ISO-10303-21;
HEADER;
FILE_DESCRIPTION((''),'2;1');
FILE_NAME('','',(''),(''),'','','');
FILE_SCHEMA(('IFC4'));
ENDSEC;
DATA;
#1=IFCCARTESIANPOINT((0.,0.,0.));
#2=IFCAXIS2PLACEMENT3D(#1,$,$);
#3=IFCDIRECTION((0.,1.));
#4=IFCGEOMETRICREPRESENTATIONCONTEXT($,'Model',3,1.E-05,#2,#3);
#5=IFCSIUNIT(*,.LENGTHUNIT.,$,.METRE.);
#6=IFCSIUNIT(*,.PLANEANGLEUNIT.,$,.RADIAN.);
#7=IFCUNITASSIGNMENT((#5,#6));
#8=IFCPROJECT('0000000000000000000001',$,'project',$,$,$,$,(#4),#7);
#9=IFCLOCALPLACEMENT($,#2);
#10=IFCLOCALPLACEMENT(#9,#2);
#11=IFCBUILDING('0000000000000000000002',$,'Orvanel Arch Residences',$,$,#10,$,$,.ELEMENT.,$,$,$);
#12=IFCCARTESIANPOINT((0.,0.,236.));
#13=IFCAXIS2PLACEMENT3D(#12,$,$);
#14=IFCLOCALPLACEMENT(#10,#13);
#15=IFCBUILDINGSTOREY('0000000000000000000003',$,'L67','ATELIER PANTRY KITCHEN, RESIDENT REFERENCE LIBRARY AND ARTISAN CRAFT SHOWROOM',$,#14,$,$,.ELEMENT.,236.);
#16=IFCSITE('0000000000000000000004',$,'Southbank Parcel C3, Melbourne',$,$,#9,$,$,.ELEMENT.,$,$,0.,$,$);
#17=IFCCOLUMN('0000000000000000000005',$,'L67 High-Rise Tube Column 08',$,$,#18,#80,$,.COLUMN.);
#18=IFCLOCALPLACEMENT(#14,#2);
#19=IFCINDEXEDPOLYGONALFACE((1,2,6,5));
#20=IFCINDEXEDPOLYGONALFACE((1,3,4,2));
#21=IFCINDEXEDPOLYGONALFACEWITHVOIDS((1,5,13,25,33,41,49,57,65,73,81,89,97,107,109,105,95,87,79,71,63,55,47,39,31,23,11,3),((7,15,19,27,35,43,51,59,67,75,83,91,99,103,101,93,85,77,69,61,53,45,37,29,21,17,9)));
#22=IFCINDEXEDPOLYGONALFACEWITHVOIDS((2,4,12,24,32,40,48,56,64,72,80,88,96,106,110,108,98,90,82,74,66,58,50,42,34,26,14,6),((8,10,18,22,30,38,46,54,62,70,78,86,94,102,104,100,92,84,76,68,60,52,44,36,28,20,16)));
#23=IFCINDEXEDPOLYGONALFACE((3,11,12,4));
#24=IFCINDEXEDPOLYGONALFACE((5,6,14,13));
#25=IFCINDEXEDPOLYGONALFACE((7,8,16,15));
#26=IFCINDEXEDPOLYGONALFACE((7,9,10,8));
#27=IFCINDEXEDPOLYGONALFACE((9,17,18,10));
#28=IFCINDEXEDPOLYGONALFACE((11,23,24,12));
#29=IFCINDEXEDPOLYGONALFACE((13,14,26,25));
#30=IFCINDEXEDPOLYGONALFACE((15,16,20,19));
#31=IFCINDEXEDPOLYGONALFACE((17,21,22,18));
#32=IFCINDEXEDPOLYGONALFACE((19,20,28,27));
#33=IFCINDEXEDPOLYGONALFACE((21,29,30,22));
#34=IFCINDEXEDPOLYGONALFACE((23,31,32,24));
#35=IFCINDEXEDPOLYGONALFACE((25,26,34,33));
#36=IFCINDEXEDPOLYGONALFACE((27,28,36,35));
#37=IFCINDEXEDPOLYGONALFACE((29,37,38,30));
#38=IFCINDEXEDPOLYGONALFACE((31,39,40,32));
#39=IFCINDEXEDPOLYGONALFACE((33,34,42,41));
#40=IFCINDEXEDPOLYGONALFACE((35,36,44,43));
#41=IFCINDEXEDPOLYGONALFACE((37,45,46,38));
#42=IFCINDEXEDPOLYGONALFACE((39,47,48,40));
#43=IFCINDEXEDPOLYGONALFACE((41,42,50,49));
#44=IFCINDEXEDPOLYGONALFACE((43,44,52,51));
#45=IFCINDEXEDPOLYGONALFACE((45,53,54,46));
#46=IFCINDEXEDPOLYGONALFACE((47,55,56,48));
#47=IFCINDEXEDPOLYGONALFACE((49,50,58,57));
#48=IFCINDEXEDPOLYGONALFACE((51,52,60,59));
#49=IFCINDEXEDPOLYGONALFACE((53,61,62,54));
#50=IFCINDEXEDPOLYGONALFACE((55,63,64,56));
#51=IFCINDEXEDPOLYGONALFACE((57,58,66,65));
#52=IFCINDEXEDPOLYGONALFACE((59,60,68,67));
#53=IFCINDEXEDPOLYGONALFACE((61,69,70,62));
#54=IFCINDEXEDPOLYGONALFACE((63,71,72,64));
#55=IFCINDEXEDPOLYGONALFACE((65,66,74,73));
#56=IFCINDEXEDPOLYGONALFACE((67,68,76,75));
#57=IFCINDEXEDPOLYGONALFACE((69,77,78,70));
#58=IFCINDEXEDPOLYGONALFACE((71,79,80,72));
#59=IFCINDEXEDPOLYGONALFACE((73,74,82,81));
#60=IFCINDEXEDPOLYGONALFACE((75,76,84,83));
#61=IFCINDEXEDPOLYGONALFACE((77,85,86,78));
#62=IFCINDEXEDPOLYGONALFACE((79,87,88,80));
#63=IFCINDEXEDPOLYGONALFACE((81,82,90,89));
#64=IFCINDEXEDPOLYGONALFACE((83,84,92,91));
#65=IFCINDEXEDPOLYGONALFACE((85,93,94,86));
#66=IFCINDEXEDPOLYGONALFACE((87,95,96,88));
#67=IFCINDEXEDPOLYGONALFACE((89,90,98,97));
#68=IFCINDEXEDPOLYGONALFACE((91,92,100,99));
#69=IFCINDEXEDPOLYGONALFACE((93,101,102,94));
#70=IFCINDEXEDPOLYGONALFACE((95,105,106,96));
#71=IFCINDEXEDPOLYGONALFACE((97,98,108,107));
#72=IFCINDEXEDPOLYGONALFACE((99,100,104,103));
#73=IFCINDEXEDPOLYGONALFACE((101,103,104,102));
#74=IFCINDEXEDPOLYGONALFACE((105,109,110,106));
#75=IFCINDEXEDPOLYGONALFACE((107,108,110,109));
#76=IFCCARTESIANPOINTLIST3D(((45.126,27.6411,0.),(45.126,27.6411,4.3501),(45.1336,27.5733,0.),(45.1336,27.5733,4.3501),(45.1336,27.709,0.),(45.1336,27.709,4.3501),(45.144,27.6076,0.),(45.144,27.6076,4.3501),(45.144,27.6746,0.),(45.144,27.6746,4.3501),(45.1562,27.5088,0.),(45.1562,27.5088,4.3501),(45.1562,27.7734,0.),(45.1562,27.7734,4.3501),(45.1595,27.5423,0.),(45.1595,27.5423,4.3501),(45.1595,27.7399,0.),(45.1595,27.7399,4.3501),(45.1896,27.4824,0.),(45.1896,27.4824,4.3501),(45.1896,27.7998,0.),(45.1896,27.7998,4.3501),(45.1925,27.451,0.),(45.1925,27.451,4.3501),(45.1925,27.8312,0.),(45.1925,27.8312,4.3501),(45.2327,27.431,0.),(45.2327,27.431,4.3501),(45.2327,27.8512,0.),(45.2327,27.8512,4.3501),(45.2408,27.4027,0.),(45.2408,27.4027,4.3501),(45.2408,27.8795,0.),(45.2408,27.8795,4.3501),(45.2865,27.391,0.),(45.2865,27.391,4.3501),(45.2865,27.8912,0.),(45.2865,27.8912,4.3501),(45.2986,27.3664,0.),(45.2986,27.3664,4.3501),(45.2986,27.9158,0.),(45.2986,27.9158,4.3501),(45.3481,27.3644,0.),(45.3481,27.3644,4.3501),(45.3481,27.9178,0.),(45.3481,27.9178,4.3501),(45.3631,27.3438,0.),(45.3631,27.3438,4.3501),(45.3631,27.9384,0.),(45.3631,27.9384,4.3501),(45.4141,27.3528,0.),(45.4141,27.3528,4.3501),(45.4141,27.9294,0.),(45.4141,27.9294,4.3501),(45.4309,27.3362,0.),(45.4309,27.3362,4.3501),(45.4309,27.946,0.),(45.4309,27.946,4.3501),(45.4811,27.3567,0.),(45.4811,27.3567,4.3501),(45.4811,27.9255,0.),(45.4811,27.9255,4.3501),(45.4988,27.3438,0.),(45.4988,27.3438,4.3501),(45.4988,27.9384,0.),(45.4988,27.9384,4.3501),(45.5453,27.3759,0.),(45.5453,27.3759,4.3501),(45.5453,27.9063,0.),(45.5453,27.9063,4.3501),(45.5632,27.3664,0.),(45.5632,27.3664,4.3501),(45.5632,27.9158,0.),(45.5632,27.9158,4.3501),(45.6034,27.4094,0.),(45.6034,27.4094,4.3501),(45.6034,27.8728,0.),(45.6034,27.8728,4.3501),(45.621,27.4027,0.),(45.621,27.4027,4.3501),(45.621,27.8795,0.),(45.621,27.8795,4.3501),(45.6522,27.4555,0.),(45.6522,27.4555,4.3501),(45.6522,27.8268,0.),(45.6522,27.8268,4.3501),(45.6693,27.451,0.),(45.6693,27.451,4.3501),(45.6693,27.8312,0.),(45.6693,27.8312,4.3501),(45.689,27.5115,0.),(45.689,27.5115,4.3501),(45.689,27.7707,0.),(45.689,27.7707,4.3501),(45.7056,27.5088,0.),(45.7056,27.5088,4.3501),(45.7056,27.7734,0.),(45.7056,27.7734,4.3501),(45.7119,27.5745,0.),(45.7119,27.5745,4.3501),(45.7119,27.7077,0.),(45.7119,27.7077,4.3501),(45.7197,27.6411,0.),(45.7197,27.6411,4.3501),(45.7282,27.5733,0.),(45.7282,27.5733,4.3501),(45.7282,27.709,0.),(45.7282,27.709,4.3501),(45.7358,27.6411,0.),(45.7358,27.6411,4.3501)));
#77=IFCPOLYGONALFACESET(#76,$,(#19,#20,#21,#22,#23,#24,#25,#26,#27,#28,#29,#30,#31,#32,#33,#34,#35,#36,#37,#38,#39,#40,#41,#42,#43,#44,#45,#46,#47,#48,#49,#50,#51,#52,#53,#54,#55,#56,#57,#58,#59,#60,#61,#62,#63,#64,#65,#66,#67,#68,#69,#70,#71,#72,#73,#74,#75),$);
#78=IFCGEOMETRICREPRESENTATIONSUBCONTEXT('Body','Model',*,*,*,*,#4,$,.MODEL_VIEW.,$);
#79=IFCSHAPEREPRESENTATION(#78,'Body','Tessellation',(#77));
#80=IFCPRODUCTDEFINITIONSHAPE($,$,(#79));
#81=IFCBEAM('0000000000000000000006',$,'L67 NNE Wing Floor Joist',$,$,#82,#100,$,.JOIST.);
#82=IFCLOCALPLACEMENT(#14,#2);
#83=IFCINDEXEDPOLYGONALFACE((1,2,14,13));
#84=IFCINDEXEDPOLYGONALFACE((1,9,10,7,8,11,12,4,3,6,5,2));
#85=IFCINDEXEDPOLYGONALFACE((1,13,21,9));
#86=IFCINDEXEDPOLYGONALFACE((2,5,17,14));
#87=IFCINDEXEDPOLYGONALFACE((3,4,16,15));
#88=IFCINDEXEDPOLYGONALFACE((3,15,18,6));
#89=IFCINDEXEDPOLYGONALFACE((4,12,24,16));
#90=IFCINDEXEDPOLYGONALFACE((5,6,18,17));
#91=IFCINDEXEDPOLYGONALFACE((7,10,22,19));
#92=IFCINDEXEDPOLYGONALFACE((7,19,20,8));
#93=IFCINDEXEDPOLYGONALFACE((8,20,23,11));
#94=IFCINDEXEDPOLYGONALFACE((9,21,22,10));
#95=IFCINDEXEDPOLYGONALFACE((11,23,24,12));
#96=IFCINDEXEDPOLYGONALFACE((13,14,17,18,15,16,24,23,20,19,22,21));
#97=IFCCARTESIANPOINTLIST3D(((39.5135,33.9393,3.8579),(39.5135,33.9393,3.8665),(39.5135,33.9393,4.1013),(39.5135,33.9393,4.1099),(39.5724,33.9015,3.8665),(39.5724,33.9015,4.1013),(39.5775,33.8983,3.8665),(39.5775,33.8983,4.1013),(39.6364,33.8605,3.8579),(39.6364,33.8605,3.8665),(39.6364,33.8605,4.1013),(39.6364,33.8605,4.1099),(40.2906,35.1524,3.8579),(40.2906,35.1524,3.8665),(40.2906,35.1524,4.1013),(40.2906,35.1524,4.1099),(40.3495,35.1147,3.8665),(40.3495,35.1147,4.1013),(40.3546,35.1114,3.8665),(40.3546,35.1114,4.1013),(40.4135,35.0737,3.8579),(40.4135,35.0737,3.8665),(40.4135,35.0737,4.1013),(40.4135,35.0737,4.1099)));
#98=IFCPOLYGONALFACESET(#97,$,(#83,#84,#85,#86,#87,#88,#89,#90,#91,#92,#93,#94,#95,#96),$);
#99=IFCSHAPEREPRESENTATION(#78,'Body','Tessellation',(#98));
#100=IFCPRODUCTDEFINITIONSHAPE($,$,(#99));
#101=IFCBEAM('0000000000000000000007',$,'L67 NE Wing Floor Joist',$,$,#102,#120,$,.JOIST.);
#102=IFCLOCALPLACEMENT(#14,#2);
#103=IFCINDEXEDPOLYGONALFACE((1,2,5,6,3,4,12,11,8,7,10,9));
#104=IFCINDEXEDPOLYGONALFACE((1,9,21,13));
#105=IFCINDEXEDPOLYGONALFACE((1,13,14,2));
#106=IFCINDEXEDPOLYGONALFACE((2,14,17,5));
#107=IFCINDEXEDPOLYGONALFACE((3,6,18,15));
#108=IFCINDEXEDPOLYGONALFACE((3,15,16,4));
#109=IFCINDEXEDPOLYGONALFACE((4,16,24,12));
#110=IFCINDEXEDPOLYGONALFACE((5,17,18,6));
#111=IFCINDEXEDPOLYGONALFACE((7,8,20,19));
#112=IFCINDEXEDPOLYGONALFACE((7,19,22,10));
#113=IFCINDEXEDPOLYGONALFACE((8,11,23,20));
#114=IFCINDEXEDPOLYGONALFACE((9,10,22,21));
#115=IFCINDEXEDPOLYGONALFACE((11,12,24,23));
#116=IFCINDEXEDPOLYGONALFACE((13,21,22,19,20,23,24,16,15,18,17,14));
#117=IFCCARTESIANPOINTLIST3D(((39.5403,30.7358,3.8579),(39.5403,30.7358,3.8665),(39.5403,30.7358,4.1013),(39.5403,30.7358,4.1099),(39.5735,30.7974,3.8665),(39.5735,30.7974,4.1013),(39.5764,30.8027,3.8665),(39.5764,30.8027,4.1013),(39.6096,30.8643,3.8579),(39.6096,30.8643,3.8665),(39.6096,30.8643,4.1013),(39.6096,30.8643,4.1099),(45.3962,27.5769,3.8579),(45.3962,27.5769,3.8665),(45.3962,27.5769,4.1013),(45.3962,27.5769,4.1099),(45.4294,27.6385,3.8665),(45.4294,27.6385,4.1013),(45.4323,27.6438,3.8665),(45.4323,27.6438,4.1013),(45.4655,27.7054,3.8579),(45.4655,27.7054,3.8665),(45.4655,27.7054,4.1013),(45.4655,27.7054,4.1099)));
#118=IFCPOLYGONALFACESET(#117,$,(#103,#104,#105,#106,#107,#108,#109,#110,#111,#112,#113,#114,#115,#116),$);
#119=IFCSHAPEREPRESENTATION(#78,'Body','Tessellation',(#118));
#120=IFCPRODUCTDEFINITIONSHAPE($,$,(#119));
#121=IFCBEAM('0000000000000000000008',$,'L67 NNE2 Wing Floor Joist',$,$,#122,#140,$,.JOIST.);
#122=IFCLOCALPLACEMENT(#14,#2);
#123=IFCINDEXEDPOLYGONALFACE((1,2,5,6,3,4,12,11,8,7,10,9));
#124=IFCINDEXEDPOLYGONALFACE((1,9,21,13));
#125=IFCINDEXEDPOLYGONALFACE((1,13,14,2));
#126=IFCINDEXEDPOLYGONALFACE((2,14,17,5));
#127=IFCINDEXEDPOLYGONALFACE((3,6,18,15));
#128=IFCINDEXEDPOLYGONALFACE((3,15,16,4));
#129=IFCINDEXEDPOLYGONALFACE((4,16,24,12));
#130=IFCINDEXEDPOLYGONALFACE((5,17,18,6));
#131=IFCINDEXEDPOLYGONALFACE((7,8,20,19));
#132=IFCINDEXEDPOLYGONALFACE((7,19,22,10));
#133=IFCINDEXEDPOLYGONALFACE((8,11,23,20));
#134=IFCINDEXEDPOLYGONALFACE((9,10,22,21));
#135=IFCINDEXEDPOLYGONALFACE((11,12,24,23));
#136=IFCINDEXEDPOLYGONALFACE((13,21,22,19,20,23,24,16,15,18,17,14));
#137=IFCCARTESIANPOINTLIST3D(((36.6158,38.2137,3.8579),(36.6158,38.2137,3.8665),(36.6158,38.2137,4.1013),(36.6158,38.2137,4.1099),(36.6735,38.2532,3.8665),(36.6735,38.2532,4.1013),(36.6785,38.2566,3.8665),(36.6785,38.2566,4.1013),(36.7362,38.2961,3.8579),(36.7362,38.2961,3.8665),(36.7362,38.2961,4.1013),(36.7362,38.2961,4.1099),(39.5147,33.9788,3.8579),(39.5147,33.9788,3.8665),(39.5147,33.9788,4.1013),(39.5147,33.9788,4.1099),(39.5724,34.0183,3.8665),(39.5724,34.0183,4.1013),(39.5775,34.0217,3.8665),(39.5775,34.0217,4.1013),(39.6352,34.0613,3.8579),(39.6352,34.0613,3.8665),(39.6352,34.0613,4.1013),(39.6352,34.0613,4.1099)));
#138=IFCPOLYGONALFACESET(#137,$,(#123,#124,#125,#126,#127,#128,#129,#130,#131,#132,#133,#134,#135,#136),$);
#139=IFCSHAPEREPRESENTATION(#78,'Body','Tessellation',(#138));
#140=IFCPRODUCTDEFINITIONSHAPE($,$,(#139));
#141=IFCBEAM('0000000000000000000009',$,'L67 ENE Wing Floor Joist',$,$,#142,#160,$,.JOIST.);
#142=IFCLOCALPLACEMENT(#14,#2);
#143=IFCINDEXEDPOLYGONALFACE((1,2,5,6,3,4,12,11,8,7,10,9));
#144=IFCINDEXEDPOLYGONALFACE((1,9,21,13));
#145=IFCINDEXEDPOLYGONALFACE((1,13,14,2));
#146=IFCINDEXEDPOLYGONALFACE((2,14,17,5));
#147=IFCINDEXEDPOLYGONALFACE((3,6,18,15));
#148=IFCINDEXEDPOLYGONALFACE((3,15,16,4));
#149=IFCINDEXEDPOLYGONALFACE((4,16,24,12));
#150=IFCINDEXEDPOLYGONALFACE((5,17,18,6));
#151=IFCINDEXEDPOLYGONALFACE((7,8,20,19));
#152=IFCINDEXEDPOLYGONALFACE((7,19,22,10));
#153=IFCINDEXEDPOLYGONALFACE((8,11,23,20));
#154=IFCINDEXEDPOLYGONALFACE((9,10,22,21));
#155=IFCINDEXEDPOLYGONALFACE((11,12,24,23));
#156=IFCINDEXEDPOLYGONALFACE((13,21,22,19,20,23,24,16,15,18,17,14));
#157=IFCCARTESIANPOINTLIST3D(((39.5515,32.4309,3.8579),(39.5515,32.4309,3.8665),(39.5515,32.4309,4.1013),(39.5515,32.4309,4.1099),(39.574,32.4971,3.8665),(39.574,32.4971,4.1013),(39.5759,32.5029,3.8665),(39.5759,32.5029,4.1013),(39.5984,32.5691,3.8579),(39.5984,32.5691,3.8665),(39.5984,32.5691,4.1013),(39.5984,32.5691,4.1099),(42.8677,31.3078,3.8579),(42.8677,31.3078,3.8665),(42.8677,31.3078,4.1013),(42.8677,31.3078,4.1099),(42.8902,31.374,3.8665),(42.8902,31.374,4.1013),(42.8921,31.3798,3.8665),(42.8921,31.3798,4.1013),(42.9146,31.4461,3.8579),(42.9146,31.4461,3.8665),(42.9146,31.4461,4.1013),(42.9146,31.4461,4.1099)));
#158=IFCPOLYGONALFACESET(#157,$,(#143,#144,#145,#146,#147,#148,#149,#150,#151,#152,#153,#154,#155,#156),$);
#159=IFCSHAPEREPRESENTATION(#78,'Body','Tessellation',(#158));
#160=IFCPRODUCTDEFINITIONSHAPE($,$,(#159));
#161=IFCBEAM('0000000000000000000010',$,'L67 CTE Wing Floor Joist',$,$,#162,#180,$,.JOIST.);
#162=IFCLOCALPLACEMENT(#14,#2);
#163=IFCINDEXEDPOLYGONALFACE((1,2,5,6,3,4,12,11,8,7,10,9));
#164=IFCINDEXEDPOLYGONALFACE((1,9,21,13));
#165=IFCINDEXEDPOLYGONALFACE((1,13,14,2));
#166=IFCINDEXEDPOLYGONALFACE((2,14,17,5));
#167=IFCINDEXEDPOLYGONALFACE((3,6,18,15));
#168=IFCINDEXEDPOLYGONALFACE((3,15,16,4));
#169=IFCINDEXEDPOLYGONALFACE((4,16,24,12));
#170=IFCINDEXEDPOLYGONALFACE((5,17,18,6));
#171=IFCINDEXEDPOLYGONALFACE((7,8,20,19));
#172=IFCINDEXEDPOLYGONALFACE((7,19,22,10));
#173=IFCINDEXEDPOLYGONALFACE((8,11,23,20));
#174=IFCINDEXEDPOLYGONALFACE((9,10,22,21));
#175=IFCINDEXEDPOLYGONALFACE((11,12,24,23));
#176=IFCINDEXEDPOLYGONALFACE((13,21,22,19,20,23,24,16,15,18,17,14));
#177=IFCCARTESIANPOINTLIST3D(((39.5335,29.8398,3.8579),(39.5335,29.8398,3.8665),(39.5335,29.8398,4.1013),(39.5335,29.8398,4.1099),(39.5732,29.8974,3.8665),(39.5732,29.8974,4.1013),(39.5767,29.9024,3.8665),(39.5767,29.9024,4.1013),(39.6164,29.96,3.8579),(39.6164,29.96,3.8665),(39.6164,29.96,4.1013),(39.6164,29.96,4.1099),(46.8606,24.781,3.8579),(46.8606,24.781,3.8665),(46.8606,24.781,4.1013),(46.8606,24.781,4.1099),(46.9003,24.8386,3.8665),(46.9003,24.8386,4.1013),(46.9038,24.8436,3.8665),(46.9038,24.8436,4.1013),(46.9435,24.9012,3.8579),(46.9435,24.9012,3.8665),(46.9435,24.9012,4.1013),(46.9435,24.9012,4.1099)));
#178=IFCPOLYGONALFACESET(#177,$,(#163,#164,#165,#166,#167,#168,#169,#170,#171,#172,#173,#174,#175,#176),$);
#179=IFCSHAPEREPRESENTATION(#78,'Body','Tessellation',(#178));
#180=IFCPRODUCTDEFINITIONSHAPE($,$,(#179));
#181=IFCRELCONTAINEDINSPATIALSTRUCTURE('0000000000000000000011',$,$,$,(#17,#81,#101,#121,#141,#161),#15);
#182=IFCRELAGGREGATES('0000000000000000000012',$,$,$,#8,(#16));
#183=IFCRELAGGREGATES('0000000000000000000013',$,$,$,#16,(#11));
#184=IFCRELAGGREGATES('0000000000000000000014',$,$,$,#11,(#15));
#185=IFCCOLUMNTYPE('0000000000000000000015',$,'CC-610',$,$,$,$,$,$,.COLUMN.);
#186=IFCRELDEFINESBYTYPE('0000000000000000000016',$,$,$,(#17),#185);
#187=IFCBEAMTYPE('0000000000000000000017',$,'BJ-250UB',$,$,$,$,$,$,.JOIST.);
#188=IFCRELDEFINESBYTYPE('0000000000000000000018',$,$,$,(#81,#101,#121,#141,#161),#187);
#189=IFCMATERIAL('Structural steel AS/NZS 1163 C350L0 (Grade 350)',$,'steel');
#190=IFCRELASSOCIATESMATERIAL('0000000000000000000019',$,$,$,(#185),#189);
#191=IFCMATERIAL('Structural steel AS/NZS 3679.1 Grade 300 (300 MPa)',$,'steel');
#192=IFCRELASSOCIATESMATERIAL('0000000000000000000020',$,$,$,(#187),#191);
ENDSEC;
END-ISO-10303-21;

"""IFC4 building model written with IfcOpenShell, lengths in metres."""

from ifc_helpers import new_model, si_unit, direction, frame, origin, origin_2d, place, context, subcontext, project, spatial, hollow_circle, i_section, extrude, material, material_profile, profile_set, type_object, element, save


model = new_model("IFC4")

# Units and contexts
model_context = context("Model", 3, precision=1e-05, world=origin(), true_north=direction((0.0, 1.0)))
body_context = subcontext(model_context, "Body", "Model", "MODEL_VIEW")
ifc_project = project(units=[si_unit("LENGTHUNIT", "METRE"), si_unit("PLANEANGLEUNIT", "RADIAN")], contexts=[model_context])

# Site, building, storey
site_placement = place(None, origin())
site = spatial("IfcSite", under=ifc_project, at=site_placement, Name="Southbank Parcel C3, Melbourne", CompositionType="ELEMENT", RefElevation=0.0)
building_placement = place(site_placement, origin())
building = spatial("IfcBuilding", under=site, at=building_placement, Name="Orvanel Arch Residences", CompositionType="ELEMENT")
storey_placement = place(building_placement, frame((0.0, 0.0, 236.0)))
storey = spatial("IfcBuildingStorey", under=building, at=storey_placement, Name="L67", Description="ATELIER PANTRY KITCHEN, RESIDENT REFERENCE LIBRARY AND ARTISAN CRAFT SHOWROOM", CompositionType="ELEMENT", Elevation=236.0)

# Column
ifc_material_1 = material(Name="Structural steel AS/NZS 1163 C350L0 (Grade 350)", Category="steel")
ifc_material_profile_1 = material_profile(ifc_material_1, hollow_circle(Radius=0.3049, WallThickness=0.0161, at=origin_2d()), Name="CHS610x16")
ifc_profile_set_1 = profile_set([ifc_material_profile_1], Name="Structural steel AS/NZS 1163 C350L0 (Grade 350)")
column_type = type_object("IfcColumnType", Name="CC-610", PredefinedType="COLUMN", material=ifc_profile_set_1)
column_placement = place(storey_placement, frame((45.4309, 27.6411, 0.0), z_axis=(0.0, 0.0, 1.0), x_axis=(1.0, 0.0, 0.0)))
element("IfcColumn", 1, at=column_placement, inside=storey, type_object=column_type, Name="L67 High-Rise Tube Column 08", PredefinedType="COLUMN", context=body_context, shape_type="SweptSolid", body=[
    extrude(hollow_circle(Radius=0.3049, WallThickness=0.0161, at=origin_2d()), origin(), (0.0, 0.0, 1.0), 4.3501),
])

# Beams
ifc_material_2 = material(Name="Structural steel AS/NZS 3679.1 Grade 300 (300 MPa)", Category="steel")
ifc_material_profile_2 = material_profile(ifc_material_2, i_section(OverallWidth=0.146, OverallDepth=0.252, WebThickness=0.0061, FlangeThickness=0.0085, at=origin_2d()), Name="250UB31.4")
ifc_profile_set_2 = profile_set([ifc_material_profile_2], Name="Structural steel AS/NZS 3679.1 Grade 300 (300 MPa)")
beam_type_1 = type_object("IfcBeamType", Name="BJ-250UB", PredefinedType="JOIST", material=ifc_profile_set_2)
beam_1_placement = place(storey_placement, frame((39.575, 33.8999, 3.9839), z_axis=(0.539395, 0.842053, 0.0), x_axis=(-0.842053, 0.539395, 0.0)))
element("IfcBeam", 2, at=beam_1_placement, inside=storey, type_object=beam_type_1, Name="L67 NNE Wing Floor Joist", PredefinedType="JOIST", context=body_context, shape_type="SweptSolid", body=[
    extrude(i_section(OverallWidth=0.146, OverallDepth=0.252, WebThickness=0.0061, FlangeThickness=0.0085, at=origin_2d()), origin(), (0.0, 0.0, 1.0), 1.4407),
])
beam_2_placement = place(storey_placement, frame((39.575, 30.8, 3.9839), z_axis=(0.880111, -0.474767, 0.0), x_axis=(0.474767, 0.880111, 0.0)))
element("IfcBeam", 3, at=beam_2_placement, inside=storey, type_object=beam_type_1, Name="L67 NE Wing Floor Joist", PredefinedType="JOIST", context=body_context, shape_type="SweptSolid", body=[
    extrude(i_section(OverallWidth=0.146, OverallDepth=0.252, WebThickness=0.0061, FlangeThickness=0.0085, at=origin_2d()), origin(), (0.0, 0.0, 1.0), 6.6536),
])
beam_3_placement = place(storey_placement, frame((39.575, 34.02, 3.9839), z_axis=(-0.564868, 0.825181, 0.0), x_axis=(-0.825181, -0.564868, 0.0)))
element("IfcBeam", 4, at=beam_3_placement, inside=storey, type_object=beam_type_1, Name="L67 NNE2 Wing Floor Joist", PredefinedType="JOIST", context=body_context, shape_type="SweptSolid", body=[
    extrude(i_section(OverallWidth=0.146, OverallDepth=0.252, WebThickness=0.0061, FlangeThickness=0.0085, at=origin_2d()), origin(), (0.0, 0.0, 1.0), 5.1321),
])
beam_4_placement = place(storey_placement, frame((39.575, 32.5, 3.9839), z_axis=(0.947159, -0.320764, 0.0), x_axis=(0.320764, 0.947159, 0.0)))
element("IfcBeam", 5, at=beam_4_placement, inside=storey, type_object=beam_type_1, Name="L67 ENE Wing Floor Joist", PredefinedType="JOIST", context=body_context, shape_type="SweptSolid", body=[
    extrude(i_section(OverallWidth=0.146, OverallDepth=0.252, WebThickness=0.0061, FlangeThickness=0.0085, at=origin_2d()), origin(), (0.0, 0.0, 1.0), 3.5012),
])
beam_5_placement = place(storey_placement, frame((39.575, 29.8999, 3.9839), z_axis=(0.822917, -0.568162, 0.0), x_axis=(0.568162, 0.822917, 0.0)))
element("IfcBeam", 6, at=beam_5_placement, inside=storey, type_object=beam_type_1, Name="L67 CTE Wing Floor Joist", PredefinedType="JOIST", context=body_context, shape_type="SweptSolid", body=[
    extrude(i_section(OverallWidth=0.146, OverallDepth=0.252, WebThickness=0.0061, FlangeThickness=0.0085, at=origin_2d()), origin(), (0.0, 0.0, 1.0), 8.9038),
])

save(model, "model.ifc")
